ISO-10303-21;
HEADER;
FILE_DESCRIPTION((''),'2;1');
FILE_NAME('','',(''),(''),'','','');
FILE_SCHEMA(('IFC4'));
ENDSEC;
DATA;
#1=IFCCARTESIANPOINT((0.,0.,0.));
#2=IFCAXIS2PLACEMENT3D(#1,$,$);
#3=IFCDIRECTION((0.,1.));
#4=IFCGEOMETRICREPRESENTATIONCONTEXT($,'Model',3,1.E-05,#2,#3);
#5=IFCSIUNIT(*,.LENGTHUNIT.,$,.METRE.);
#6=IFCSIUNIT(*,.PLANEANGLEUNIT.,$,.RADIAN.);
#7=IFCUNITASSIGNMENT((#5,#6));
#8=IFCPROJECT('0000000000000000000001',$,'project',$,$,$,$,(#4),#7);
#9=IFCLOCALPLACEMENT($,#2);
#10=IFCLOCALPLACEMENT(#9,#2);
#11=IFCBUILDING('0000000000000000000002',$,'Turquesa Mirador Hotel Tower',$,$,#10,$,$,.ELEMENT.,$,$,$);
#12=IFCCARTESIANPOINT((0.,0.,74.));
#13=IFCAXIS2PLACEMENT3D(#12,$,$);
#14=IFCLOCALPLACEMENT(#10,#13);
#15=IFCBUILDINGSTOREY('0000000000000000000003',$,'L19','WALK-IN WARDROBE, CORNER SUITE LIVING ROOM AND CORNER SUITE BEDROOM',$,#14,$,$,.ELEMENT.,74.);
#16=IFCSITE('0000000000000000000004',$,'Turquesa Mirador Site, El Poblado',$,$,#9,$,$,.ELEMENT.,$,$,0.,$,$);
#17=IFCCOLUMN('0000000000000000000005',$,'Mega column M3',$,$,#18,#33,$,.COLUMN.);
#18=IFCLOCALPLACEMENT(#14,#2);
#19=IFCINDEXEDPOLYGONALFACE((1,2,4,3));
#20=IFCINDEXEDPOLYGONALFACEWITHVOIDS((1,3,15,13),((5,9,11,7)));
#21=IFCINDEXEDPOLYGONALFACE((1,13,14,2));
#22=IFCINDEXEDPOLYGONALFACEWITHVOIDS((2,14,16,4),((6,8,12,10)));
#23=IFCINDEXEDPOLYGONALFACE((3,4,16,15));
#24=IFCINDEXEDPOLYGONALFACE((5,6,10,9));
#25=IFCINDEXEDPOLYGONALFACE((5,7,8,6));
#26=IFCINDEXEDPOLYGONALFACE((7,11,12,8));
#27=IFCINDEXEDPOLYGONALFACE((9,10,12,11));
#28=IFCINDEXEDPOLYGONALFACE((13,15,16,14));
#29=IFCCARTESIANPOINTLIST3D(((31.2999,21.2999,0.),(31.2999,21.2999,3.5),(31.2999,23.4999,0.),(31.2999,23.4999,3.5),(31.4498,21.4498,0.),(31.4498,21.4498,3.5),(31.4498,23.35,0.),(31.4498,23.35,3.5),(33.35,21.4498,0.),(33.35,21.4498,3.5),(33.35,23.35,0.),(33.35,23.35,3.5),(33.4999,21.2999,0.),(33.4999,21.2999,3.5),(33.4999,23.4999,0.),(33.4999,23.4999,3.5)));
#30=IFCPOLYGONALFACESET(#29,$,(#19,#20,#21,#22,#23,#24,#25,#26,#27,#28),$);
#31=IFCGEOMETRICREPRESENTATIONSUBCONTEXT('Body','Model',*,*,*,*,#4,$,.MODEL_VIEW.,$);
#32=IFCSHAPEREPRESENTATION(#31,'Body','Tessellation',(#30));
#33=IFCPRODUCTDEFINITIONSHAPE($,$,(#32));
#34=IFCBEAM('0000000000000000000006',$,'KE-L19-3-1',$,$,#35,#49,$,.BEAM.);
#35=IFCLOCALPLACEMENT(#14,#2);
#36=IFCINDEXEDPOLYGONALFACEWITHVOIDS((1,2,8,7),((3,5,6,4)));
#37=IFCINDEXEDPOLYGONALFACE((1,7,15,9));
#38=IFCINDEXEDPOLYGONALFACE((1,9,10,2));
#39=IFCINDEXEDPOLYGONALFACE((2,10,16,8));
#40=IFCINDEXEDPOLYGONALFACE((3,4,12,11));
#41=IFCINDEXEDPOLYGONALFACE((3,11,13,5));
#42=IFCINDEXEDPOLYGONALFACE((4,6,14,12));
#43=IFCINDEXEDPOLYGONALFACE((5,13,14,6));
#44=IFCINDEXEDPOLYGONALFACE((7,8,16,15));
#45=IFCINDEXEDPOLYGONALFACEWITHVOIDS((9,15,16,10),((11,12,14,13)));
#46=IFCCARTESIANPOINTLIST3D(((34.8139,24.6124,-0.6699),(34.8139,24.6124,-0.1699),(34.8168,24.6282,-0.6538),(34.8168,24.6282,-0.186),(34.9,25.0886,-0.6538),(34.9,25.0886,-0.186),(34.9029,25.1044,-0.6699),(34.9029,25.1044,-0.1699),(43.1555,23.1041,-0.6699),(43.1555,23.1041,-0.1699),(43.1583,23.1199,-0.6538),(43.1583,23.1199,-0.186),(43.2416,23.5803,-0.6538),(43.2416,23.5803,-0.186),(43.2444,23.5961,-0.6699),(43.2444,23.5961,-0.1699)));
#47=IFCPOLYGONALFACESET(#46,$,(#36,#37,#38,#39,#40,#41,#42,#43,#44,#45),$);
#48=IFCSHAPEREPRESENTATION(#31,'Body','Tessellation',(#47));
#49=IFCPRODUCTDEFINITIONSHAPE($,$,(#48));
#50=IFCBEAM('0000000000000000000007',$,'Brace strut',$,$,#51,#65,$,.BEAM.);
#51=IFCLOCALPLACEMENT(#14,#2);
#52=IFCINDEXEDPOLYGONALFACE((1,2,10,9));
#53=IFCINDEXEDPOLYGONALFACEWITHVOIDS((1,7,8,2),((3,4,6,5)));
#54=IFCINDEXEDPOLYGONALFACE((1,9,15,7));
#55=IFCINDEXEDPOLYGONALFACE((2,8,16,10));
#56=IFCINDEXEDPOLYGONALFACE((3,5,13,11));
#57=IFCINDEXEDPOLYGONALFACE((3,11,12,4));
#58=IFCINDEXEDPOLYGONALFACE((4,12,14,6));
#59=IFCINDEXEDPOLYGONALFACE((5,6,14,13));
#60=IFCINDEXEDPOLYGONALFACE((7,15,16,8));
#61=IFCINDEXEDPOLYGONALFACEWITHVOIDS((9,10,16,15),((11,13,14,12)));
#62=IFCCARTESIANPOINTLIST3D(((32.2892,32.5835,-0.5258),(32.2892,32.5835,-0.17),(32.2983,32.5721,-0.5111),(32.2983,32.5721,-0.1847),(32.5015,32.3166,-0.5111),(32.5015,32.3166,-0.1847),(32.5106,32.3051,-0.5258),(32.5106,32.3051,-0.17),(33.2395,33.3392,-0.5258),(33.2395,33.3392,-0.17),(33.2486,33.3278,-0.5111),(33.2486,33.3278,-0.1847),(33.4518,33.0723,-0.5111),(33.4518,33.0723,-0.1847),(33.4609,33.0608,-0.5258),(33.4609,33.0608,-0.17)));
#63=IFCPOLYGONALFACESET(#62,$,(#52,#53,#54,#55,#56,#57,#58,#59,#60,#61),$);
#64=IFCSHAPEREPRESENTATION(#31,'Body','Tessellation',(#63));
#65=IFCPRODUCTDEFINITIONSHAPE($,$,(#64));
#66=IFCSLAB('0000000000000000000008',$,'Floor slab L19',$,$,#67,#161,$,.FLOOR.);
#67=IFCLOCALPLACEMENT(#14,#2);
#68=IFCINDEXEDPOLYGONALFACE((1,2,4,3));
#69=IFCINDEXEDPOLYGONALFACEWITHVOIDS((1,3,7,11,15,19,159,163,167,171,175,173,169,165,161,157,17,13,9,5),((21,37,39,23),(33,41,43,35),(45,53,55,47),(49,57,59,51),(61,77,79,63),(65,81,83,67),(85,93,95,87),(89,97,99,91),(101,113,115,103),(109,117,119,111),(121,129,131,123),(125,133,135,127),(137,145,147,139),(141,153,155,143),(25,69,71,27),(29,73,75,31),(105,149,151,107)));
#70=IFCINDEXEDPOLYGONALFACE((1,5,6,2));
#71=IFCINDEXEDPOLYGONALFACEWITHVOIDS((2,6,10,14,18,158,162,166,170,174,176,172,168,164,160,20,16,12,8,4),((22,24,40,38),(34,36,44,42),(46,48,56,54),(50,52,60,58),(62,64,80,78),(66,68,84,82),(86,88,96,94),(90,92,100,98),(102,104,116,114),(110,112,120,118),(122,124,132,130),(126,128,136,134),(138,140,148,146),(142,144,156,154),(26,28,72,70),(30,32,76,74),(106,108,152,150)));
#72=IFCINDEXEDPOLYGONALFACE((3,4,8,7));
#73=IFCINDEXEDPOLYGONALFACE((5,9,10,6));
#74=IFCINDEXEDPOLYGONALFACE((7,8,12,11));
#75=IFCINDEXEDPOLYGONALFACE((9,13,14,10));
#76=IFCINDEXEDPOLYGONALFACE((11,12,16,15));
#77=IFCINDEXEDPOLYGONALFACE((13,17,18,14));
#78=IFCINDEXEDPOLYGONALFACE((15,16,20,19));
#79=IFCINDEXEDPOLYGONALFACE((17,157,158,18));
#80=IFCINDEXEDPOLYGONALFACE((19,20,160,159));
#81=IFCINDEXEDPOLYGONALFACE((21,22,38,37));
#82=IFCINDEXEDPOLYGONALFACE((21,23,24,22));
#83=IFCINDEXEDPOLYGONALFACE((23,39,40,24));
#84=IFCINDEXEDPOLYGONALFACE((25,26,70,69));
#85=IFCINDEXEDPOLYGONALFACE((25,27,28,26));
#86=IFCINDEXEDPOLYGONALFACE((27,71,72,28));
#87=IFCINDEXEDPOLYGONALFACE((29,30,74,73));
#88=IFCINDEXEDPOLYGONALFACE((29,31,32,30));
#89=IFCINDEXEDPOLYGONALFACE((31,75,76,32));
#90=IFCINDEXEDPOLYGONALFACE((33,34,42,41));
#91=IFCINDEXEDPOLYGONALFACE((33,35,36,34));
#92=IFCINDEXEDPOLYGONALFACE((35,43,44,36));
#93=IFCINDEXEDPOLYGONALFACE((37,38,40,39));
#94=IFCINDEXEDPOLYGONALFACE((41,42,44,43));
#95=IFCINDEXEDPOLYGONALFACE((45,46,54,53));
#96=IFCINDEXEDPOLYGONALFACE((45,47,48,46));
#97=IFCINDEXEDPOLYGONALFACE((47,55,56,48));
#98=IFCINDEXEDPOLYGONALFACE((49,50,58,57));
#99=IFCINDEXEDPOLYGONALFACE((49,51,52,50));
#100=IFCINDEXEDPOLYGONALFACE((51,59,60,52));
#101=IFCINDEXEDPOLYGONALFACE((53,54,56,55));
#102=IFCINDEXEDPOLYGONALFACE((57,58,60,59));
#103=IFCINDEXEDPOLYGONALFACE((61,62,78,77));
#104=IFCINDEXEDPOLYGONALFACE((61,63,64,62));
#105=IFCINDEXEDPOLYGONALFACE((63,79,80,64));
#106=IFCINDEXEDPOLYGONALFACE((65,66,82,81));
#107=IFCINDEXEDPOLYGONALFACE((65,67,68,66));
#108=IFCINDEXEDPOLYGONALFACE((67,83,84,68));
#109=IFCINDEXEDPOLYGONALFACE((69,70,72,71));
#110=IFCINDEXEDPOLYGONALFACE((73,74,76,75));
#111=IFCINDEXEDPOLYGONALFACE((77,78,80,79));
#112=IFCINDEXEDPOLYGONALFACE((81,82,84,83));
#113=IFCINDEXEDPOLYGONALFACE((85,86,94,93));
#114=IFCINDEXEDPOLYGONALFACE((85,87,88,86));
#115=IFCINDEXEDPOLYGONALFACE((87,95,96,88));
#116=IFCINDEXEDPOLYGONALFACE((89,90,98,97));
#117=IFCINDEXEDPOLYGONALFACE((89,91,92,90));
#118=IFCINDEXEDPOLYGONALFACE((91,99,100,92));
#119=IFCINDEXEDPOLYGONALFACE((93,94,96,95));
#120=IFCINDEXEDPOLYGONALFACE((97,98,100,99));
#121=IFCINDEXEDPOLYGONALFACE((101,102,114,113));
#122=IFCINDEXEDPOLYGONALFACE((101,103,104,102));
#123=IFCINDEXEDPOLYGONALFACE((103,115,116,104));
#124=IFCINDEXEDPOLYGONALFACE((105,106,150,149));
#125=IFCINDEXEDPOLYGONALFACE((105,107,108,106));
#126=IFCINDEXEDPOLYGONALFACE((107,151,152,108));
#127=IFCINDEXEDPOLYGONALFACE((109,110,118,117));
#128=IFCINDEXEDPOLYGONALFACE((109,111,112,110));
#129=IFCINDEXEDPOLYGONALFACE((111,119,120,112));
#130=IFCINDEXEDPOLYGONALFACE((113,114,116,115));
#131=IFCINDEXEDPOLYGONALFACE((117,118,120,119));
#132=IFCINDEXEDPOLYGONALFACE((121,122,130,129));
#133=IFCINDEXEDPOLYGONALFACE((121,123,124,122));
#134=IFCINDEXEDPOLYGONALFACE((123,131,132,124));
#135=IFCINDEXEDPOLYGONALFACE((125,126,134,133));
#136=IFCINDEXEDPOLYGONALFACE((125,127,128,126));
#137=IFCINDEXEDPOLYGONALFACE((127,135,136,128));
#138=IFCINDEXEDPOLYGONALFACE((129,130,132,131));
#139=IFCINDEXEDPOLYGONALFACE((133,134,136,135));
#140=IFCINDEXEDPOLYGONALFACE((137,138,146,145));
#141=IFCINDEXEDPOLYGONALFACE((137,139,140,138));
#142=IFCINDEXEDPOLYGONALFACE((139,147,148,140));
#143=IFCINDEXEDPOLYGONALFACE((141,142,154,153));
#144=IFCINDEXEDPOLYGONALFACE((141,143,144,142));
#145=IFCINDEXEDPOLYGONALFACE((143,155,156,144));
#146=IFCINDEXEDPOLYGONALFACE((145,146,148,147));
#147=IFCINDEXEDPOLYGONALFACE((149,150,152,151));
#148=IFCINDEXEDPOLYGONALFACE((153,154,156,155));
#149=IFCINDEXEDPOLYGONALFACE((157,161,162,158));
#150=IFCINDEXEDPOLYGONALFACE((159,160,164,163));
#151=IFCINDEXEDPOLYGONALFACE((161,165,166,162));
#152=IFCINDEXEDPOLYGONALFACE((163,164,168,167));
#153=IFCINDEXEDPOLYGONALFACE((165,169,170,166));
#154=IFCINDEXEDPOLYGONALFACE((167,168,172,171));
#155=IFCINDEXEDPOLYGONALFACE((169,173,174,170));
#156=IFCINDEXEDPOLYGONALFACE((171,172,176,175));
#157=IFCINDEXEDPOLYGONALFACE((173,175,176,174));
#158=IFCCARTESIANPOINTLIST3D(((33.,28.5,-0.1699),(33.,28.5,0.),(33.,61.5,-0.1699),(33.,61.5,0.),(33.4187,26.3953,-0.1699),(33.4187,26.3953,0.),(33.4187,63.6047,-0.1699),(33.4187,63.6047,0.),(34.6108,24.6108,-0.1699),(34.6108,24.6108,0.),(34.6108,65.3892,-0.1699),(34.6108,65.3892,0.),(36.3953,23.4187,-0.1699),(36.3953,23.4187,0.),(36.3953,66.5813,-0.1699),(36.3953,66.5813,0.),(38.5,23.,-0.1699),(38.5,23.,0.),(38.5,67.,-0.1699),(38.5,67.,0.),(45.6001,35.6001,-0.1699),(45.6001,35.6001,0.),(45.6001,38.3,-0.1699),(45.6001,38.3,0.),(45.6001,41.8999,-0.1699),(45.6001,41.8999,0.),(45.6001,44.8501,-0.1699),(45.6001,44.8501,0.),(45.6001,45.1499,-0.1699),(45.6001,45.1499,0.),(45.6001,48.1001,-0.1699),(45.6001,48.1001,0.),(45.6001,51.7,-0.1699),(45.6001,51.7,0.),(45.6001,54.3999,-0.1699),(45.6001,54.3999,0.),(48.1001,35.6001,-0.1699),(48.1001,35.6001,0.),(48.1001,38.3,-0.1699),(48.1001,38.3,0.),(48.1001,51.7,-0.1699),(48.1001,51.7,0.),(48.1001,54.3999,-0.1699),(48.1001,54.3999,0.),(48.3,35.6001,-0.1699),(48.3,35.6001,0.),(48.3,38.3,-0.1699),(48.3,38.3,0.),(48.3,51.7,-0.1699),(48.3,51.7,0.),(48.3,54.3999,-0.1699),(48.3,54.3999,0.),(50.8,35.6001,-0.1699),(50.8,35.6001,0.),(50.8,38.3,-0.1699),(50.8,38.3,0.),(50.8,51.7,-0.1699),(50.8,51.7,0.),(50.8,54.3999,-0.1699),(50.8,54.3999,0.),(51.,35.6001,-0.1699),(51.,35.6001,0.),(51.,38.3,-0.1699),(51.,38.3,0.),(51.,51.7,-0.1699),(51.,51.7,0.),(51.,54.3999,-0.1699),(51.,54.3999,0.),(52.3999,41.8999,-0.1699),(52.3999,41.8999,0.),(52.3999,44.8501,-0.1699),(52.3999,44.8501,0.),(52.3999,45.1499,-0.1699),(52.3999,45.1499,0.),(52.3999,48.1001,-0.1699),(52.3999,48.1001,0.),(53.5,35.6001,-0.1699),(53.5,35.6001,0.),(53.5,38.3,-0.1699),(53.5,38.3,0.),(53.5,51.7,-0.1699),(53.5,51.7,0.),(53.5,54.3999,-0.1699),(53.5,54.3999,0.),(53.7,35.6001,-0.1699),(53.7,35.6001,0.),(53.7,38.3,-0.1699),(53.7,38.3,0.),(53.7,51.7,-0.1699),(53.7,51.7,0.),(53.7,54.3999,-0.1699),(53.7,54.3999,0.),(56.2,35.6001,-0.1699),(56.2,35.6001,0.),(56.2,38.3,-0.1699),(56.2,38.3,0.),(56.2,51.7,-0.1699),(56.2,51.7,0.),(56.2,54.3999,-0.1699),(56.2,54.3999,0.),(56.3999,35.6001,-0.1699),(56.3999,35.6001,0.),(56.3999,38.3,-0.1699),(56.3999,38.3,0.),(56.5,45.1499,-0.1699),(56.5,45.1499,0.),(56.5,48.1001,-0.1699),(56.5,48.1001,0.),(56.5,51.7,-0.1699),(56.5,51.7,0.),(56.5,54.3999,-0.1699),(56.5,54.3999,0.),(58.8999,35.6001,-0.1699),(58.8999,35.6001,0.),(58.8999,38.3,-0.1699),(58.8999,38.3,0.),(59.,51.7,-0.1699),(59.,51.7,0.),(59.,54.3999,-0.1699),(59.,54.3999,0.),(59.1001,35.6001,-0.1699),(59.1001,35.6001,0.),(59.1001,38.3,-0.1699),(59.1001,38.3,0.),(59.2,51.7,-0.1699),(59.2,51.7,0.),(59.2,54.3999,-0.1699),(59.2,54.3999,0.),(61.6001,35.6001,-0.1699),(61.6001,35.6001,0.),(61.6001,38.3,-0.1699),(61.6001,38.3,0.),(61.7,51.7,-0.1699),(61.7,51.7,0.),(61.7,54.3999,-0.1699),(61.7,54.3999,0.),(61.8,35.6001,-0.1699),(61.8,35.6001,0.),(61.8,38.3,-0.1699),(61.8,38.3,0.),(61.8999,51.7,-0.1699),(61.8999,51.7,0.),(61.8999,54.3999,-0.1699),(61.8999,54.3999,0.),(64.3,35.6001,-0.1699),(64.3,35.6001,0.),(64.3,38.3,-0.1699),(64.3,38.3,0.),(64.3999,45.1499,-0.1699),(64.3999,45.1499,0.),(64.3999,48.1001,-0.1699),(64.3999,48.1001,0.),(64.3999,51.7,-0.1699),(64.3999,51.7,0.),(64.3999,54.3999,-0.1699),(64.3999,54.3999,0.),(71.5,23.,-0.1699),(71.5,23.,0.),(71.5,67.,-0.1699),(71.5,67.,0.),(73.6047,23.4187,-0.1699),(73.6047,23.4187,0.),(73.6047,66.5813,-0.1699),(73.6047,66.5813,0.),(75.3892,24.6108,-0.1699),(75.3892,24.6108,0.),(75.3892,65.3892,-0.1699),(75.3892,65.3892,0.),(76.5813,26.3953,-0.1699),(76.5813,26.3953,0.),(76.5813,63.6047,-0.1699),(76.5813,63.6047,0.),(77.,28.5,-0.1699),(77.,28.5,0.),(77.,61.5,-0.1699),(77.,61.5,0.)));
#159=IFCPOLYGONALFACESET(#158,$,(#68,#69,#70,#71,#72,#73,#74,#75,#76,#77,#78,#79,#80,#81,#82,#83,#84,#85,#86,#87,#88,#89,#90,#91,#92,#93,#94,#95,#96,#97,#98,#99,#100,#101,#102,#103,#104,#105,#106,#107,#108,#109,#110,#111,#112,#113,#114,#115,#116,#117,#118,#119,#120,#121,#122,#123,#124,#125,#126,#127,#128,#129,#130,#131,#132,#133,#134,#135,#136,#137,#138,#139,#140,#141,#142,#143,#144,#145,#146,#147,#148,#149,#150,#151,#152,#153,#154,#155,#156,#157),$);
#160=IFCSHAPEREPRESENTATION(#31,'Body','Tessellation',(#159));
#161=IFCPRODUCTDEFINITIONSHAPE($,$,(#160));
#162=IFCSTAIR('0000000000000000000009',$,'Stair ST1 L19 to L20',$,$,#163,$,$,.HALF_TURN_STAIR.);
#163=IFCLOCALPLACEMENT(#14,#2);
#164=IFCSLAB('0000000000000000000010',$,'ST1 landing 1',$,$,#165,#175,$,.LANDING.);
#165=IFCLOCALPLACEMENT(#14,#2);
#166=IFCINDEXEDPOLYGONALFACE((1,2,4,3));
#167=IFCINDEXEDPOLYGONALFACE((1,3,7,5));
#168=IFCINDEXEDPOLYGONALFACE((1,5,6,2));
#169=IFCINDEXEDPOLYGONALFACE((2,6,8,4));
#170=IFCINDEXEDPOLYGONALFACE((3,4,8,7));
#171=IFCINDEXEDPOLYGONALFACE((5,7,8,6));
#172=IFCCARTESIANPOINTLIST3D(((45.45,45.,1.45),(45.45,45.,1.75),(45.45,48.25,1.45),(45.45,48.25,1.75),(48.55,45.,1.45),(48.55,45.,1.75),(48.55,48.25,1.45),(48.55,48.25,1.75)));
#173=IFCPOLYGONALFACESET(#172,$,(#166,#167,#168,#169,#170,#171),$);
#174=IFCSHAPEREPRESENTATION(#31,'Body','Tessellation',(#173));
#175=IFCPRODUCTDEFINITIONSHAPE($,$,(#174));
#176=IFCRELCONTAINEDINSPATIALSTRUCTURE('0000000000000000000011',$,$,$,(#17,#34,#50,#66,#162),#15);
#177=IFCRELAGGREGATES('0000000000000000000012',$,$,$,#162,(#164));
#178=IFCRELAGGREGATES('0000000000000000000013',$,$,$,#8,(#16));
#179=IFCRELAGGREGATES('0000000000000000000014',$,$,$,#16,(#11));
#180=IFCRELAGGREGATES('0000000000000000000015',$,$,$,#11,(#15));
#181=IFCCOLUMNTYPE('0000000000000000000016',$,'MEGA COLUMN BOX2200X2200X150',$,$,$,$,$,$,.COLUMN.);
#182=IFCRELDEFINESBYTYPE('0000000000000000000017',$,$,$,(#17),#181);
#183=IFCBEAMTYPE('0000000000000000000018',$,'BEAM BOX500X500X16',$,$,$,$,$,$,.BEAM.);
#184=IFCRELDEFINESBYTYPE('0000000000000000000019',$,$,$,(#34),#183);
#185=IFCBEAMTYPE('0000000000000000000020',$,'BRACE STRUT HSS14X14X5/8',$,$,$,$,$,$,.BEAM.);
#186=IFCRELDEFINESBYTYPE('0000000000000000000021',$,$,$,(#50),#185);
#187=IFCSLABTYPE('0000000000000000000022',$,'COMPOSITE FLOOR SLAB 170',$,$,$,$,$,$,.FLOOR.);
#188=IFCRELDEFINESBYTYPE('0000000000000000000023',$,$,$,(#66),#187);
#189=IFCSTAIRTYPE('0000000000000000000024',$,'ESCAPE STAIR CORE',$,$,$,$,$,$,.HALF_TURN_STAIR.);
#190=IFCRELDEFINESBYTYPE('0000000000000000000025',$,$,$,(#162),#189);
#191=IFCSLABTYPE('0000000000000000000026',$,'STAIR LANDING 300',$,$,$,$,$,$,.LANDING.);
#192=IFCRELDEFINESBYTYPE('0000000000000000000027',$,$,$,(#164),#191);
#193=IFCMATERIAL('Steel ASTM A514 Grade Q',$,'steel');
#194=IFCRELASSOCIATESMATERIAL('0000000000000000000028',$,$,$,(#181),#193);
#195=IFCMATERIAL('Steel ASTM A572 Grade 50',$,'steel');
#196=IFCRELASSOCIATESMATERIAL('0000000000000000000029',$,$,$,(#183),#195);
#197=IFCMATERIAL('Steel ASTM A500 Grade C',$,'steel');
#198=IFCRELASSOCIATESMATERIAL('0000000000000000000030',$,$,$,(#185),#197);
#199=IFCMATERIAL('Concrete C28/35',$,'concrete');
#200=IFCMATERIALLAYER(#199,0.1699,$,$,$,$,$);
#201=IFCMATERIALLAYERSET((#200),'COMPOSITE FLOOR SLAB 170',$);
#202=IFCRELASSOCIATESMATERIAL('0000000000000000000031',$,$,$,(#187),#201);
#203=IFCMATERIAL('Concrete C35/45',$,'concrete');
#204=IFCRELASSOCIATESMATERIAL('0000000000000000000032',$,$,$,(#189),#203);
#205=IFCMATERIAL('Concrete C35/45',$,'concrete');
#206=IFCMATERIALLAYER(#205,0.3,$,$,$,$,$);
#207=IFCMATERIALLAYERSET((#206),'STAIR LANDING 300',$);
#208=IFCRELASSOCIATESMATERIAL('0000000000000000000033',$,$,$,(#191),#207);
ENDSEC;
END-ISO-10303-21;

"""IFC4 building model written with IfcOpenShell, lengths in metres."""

from ifc_helpers import new_model, si_unit, direction, frame, origin, origin_2d, place, context, subcontext, project, spatial, polyline, hollow_rectangle, outline, extrude, material, layer, layer_set, material_profile, profile_set, type_object, element, aggregate, save


model = new_model("IFC4")

# Units and contexts
model_context = context("Model", 3, precision=1e-05, world=origin(), true_north=direction((0.0, 1.0)))
body_context = subcontext(model_context, "Body", "Model", "MODEL_VIEW")
ifc_project = project(units=[si_unit("LENGTHUNIT", "METRE"), si_unit("PLANEANGLEUNIT", "RADIAN")], contexts=[model_context])

# Site, building, storey
site_placement = place(None, origin())
site = spatial("IfcSite", under=ifc_project, at=site_placement, Name="Turquesa Mirador Site, El Poblado", CompositionType="ELEMENT", RefElevation=0.0)
building_placement = place(site_placement, origin())
building = spatial("IfcBuilding", under=site, at=building_placement, Name="Turquesa Mirador Hotel Tower", CompositionType="ELEMENT")
storey_placement = place(building_placement, frame((0.0, 0.0, 74.0)))
storey = spatial("IfcBuildingStorey", under=building, at=storey_placement, Name="L19", Description="WALK-IN WARDROBE, CORNER SUITE LIVING ROOM AND CORNER SUITE BEDROOM", CompositionType="ELEMENT", Elevation=74.0)

# Column
ifc_material_1 = material(Name="Steel ASTM A514 Grade Q", Category="steel")
ifc_material_profile_1 = material_profile(ifc_material_1, hollow_rectangle(XDim=2.2, YDim=2.2, WallThickness=0.1499, at=origin_2d()), Name="BOX2200X2200X150")
ifc_profile_set_1 = profile_set([ifc_material_profile_1], Name="Steel ASTM A514 Grade Q")
column_type = type_object("IfcColumnType", Name="MEGA COLUMN BOX2200X2200X150", PredefinedType="COLUMN", material=ifc_profile_set_1)
column_placement = place(storey_placement, frame((32.3999, 22.3999, 0.0), z_axis=(0.0, 0.0, 1.0), x_axis=(1.0, 0.0, 0.0)))
element("IfcColumn", 1, at=column_placement, inside=storey, type_object=column_type, Name="Mega column M3", PredefinedType="COLUMN", context=body_context, shape_type="SweptSolid", body=[
    extrude(hollow_rectangle(XDim=2.2, YDim=2.2, WallThickness=0.1499, at=origin_2d()), origin(), (0.0, 0.0, 1.0), 3.5),
])

# Beams
ifc_material_2 = material(Name="Steel ASTM A572 Grade 50", Category="steel")
ifc_material_profile_2 = material_profile(ifc_material_2, hollow_rectangle(XDim=0.5, YDim=0.5, WallThickness=0.0161, at=origin_2d()), Name="BOX500X500X16")
ifc_profile_set_2 = profile_set([ifc_material_profile_2], Name="Steel ASTM A572 Grade 50")
beam_type_1 = type_object("IfcBeamType", Name="BEAM BOX500X500X16", PredefinedType="BEAM", material=ifc_profile_set_2)
beam_1_placement = place(storey_placement, frame((34.8584, 24.8584, -0.4199), z_axis=(0.984043, -0.177932, 0.0), x_axis=(0.177932, 0.984043, 0.0)))
element("IfcBeam", 2, at=beam_1_placement, inside=storey, type_object=beam_type_1, Name="KE-L19-3-1", PredefinedType="BEAM", context=body_context, shape_type="SweptSolid", body=[
    extrude(hollow_rectangle(XDim=0.5, YDim=0.5, WallThickness=0.0161, at=origin_2d()), origin(), (0.0, 0.0, 1.0), 8.4768),
])
ifc_material_3 = material(Name="Steel ASTM A500 Grade C", Category="steel")
ifc_material_profile_3 = material_profile(ifc_material_3, hollow_rectangle(XDim=0.3557, YDim=0.3557, WallThickness=0.0146, at=origin_2d()), Name="HSS14X14X5/8")
ifc_profile_set_3 = profile_set([ifc_material_profile_3], Name="Steel ASTM A500 Grade C")
beam_type_2 = type_object("IfcBeamType", Name="BRACE STRUT HSS14X14X5/8", PredefinedType="BEAM", material=ifc_profile_set_3)
beam_2_placement = place(storey_placement, frame((32.3999, 32.4443, -0.3479), z_axis=(0.78269, 0.622412, 0.0), x_axis=(-0.622412, 0.78269, 0.0)))
element("IfcBeam", 3, at=beam_2_placement, inside=storey, type_object=beam_type_2, Name="Brace strut", PredefinedType="BEAM", context=body_context, shape_type="SweptSolid", body=[
    extrude(hollow_rectangle(XDim=0.3557, YDim=0.3557, WallThickness=0.0146, at=origin_2d()), origin(), (0.0, 0.0, 1.0), 1.2141),
])

# Slab
ifc_material_4 = material(Name="Concrete C28/35", Category="concrete")
ifc_layer_1 = layer(ifc_material_4, 0.1699)
ifc_layer_set_1 = layer_set([ifc_layer_1], Name="COMPOSITE FLOOR SLAB 170")
slab_type_1 = type_object("IfcSlabType", Name="COMPOSITE FLOOR SLAB 170", PredefinedType="FLOOR", material=ifc_layer_set_1)
slab_1_placement = place(storey_placement, frame((0.0, 0.0, -0.1699)))
element("IfcSlab", 4, at=slab_1_placement, inside=storey, type_object=slab_type_1, Name="Floor slab L19", PredefinedType="FLOOR", context=body_context, shape_type="SweptSolid", body=[
    extrude(outline(polyline([(71.5, 23.0), (73.6047, 23.4187), (75.3892, 24.6108), (76.5813, 26.3953), (77.0, 28.5), (77.0, 61.5), (76.5813, 63.6047), (75.3892, 65.3892), (73.6047, 66.5813), (71.5, 67.0), (38.5, 67.0), (36.3953, 66.5813), (34.6108, 65.3892), (33.4187, 63.6047), (33.0, 61.5), (33.0, 28.5), (33.4187, 26.3953), (34.6108, 24.6108), (36.3953, 23.4187), (38.5, 23.0), (71.5, 23.0)]), holes=[polyline([(45.6001, 51.7), (48.1001, 51.7), (48.1001, 54.3999), (45.6001, 54.3999), (45.6001, 51.7)]), polyline([(48.3, 51.7), (50.8, 51.7), (50.8, 54.3999), (48.3, 54.3999), (48.3, 51.7)]), polyline([(51.0, 51.7), (53.5, 51.7), (53.5, 54.3999), (51.0, 54.3999), (51.0, 51.7)]), polyline([(53.7, 51.7), (56.2, 51.7), (56.2, 54.3999), (53.7, 54.3999), (53.7, 51.7)]), polyline([(56.5, 51.7), (59.0, 51.7), (59.0, 54.3999), (56.5, 54.3999), (56.5, 51.7)]), polyline([(59.2, 51.7), (61.7, 51.7), (61.7, 54.3999), (59.2, 54.3999), (59.2, 51.7)]), polyline([(45.6001, 35.6001), (48.1001, 35.6001), (48.1001, 38.3), (45.6001, 38.3), (45.6001, 35.6001)]), polyline([(48.3, 35.6001), (50.8, 35.6001), (50.8, 38.3), (48.3, 38.3), (48.3, 35.6001)]), polyline([(51.0, 35.6001), (53.5, 35.6001), (53.5, 38.3), (51.0, 38.3), (51.0, 35.6001)]), polyline([(53.7, 35.6001), (56.2, 35.6001), (56.2, 38.3), (53.7, 38.3), (53.7, 35.6001)]), polyline([(56.3999, 35.6001), (58.8999, 35.6001), (58.8999, 38.3), (56.3999, 38.3), (56.3999, 35.6001)]), polyline([(59.1001, 35.6001), (61.6001, 35.6001), (61.6001, 38.3), (59.1001, 38.3), (59.1001, 35.6001)]), polyline([(61.8, 35.6001), (64.3, 35.6001), (64.3, 38.3), (61.8, 38.3), (61.8, 35.6001)]), polyline([(45.6001, 45.1499), (52.3999, 45.1499), (52.3999, 48.1001), (45.6001, 48.1001), (45.6001, 45.1499)]), polyline([(45.6001, 41.8999), (52.3999, 41.8999), (52.3999, 44.8501), (45.6001, 44.8501), (45.6001, 41.8999)]), polyline([(56.5, 45.1499), (64.3999, 45.1499), (64.3999, 48.1001), (56.5, 48.1001), (56.5, 45.1499)]), polyline([(61.8999, 51.7), (64.3999, 51.7), (64.3999, 54.3999), (61.8999, 54.3999), (61.8999, 51.7)])]), origin(), (0.0, 0.0, 1.0), 0.1699),
])

# Stair, slab
ifc_material_5 = material(Name="Concrete C35/45", Category="concrete")
stair_type = type_object("IfcStairType", Name="ESCAPE STAIR CORE", PredefinedType="HALF_TURN_STAIR", material=ifc_material_5)
stair_1_placement = place(storey_placement, origin())
stair_1 = element("IfcStair", 5, at=stair_1_placement, inside=storey, type_object=stair_type, Name="Stair ST1 L19 to L20", PredefinedType="HALF_TURN_STAIR")
ifc_material_6 = material(Name="Concrete C35/45", Category="concrete")
ifc_layer_2 = layer(ifc_material_6, 0.3)
ifc_layer_set_2 = layer_set([ifc_layer_2], Name="STAIR LANDING 300")
slab_type_2 = type_object("IfcSlabType", Name="STAIR LANDING 300", PredefinedType="LANDING", material=ifc_layer_set_2)
slab_2_placement = place(storey_placement, frame((0.0, 0.0, 1.45)))
slab_2 = element("IfcSlab", 6, at=slab_2_placement, type_object=slab_type_2, Name="ST1 landing 1", PredefinedType="LANDING", context=body_context, shape_type="SweptSolid", body=[
    extrude(outline(polyline([(45.45, 45.0), (48.55, 45.0), (48.55, 48.25), (45.45, 48.25), (45.45, 45.0)])), origin(), (0.0, 0.0, 1.0), 0.3),
])
aggregate(stair_1, [slab_2])

save(model, "model.ifc")
